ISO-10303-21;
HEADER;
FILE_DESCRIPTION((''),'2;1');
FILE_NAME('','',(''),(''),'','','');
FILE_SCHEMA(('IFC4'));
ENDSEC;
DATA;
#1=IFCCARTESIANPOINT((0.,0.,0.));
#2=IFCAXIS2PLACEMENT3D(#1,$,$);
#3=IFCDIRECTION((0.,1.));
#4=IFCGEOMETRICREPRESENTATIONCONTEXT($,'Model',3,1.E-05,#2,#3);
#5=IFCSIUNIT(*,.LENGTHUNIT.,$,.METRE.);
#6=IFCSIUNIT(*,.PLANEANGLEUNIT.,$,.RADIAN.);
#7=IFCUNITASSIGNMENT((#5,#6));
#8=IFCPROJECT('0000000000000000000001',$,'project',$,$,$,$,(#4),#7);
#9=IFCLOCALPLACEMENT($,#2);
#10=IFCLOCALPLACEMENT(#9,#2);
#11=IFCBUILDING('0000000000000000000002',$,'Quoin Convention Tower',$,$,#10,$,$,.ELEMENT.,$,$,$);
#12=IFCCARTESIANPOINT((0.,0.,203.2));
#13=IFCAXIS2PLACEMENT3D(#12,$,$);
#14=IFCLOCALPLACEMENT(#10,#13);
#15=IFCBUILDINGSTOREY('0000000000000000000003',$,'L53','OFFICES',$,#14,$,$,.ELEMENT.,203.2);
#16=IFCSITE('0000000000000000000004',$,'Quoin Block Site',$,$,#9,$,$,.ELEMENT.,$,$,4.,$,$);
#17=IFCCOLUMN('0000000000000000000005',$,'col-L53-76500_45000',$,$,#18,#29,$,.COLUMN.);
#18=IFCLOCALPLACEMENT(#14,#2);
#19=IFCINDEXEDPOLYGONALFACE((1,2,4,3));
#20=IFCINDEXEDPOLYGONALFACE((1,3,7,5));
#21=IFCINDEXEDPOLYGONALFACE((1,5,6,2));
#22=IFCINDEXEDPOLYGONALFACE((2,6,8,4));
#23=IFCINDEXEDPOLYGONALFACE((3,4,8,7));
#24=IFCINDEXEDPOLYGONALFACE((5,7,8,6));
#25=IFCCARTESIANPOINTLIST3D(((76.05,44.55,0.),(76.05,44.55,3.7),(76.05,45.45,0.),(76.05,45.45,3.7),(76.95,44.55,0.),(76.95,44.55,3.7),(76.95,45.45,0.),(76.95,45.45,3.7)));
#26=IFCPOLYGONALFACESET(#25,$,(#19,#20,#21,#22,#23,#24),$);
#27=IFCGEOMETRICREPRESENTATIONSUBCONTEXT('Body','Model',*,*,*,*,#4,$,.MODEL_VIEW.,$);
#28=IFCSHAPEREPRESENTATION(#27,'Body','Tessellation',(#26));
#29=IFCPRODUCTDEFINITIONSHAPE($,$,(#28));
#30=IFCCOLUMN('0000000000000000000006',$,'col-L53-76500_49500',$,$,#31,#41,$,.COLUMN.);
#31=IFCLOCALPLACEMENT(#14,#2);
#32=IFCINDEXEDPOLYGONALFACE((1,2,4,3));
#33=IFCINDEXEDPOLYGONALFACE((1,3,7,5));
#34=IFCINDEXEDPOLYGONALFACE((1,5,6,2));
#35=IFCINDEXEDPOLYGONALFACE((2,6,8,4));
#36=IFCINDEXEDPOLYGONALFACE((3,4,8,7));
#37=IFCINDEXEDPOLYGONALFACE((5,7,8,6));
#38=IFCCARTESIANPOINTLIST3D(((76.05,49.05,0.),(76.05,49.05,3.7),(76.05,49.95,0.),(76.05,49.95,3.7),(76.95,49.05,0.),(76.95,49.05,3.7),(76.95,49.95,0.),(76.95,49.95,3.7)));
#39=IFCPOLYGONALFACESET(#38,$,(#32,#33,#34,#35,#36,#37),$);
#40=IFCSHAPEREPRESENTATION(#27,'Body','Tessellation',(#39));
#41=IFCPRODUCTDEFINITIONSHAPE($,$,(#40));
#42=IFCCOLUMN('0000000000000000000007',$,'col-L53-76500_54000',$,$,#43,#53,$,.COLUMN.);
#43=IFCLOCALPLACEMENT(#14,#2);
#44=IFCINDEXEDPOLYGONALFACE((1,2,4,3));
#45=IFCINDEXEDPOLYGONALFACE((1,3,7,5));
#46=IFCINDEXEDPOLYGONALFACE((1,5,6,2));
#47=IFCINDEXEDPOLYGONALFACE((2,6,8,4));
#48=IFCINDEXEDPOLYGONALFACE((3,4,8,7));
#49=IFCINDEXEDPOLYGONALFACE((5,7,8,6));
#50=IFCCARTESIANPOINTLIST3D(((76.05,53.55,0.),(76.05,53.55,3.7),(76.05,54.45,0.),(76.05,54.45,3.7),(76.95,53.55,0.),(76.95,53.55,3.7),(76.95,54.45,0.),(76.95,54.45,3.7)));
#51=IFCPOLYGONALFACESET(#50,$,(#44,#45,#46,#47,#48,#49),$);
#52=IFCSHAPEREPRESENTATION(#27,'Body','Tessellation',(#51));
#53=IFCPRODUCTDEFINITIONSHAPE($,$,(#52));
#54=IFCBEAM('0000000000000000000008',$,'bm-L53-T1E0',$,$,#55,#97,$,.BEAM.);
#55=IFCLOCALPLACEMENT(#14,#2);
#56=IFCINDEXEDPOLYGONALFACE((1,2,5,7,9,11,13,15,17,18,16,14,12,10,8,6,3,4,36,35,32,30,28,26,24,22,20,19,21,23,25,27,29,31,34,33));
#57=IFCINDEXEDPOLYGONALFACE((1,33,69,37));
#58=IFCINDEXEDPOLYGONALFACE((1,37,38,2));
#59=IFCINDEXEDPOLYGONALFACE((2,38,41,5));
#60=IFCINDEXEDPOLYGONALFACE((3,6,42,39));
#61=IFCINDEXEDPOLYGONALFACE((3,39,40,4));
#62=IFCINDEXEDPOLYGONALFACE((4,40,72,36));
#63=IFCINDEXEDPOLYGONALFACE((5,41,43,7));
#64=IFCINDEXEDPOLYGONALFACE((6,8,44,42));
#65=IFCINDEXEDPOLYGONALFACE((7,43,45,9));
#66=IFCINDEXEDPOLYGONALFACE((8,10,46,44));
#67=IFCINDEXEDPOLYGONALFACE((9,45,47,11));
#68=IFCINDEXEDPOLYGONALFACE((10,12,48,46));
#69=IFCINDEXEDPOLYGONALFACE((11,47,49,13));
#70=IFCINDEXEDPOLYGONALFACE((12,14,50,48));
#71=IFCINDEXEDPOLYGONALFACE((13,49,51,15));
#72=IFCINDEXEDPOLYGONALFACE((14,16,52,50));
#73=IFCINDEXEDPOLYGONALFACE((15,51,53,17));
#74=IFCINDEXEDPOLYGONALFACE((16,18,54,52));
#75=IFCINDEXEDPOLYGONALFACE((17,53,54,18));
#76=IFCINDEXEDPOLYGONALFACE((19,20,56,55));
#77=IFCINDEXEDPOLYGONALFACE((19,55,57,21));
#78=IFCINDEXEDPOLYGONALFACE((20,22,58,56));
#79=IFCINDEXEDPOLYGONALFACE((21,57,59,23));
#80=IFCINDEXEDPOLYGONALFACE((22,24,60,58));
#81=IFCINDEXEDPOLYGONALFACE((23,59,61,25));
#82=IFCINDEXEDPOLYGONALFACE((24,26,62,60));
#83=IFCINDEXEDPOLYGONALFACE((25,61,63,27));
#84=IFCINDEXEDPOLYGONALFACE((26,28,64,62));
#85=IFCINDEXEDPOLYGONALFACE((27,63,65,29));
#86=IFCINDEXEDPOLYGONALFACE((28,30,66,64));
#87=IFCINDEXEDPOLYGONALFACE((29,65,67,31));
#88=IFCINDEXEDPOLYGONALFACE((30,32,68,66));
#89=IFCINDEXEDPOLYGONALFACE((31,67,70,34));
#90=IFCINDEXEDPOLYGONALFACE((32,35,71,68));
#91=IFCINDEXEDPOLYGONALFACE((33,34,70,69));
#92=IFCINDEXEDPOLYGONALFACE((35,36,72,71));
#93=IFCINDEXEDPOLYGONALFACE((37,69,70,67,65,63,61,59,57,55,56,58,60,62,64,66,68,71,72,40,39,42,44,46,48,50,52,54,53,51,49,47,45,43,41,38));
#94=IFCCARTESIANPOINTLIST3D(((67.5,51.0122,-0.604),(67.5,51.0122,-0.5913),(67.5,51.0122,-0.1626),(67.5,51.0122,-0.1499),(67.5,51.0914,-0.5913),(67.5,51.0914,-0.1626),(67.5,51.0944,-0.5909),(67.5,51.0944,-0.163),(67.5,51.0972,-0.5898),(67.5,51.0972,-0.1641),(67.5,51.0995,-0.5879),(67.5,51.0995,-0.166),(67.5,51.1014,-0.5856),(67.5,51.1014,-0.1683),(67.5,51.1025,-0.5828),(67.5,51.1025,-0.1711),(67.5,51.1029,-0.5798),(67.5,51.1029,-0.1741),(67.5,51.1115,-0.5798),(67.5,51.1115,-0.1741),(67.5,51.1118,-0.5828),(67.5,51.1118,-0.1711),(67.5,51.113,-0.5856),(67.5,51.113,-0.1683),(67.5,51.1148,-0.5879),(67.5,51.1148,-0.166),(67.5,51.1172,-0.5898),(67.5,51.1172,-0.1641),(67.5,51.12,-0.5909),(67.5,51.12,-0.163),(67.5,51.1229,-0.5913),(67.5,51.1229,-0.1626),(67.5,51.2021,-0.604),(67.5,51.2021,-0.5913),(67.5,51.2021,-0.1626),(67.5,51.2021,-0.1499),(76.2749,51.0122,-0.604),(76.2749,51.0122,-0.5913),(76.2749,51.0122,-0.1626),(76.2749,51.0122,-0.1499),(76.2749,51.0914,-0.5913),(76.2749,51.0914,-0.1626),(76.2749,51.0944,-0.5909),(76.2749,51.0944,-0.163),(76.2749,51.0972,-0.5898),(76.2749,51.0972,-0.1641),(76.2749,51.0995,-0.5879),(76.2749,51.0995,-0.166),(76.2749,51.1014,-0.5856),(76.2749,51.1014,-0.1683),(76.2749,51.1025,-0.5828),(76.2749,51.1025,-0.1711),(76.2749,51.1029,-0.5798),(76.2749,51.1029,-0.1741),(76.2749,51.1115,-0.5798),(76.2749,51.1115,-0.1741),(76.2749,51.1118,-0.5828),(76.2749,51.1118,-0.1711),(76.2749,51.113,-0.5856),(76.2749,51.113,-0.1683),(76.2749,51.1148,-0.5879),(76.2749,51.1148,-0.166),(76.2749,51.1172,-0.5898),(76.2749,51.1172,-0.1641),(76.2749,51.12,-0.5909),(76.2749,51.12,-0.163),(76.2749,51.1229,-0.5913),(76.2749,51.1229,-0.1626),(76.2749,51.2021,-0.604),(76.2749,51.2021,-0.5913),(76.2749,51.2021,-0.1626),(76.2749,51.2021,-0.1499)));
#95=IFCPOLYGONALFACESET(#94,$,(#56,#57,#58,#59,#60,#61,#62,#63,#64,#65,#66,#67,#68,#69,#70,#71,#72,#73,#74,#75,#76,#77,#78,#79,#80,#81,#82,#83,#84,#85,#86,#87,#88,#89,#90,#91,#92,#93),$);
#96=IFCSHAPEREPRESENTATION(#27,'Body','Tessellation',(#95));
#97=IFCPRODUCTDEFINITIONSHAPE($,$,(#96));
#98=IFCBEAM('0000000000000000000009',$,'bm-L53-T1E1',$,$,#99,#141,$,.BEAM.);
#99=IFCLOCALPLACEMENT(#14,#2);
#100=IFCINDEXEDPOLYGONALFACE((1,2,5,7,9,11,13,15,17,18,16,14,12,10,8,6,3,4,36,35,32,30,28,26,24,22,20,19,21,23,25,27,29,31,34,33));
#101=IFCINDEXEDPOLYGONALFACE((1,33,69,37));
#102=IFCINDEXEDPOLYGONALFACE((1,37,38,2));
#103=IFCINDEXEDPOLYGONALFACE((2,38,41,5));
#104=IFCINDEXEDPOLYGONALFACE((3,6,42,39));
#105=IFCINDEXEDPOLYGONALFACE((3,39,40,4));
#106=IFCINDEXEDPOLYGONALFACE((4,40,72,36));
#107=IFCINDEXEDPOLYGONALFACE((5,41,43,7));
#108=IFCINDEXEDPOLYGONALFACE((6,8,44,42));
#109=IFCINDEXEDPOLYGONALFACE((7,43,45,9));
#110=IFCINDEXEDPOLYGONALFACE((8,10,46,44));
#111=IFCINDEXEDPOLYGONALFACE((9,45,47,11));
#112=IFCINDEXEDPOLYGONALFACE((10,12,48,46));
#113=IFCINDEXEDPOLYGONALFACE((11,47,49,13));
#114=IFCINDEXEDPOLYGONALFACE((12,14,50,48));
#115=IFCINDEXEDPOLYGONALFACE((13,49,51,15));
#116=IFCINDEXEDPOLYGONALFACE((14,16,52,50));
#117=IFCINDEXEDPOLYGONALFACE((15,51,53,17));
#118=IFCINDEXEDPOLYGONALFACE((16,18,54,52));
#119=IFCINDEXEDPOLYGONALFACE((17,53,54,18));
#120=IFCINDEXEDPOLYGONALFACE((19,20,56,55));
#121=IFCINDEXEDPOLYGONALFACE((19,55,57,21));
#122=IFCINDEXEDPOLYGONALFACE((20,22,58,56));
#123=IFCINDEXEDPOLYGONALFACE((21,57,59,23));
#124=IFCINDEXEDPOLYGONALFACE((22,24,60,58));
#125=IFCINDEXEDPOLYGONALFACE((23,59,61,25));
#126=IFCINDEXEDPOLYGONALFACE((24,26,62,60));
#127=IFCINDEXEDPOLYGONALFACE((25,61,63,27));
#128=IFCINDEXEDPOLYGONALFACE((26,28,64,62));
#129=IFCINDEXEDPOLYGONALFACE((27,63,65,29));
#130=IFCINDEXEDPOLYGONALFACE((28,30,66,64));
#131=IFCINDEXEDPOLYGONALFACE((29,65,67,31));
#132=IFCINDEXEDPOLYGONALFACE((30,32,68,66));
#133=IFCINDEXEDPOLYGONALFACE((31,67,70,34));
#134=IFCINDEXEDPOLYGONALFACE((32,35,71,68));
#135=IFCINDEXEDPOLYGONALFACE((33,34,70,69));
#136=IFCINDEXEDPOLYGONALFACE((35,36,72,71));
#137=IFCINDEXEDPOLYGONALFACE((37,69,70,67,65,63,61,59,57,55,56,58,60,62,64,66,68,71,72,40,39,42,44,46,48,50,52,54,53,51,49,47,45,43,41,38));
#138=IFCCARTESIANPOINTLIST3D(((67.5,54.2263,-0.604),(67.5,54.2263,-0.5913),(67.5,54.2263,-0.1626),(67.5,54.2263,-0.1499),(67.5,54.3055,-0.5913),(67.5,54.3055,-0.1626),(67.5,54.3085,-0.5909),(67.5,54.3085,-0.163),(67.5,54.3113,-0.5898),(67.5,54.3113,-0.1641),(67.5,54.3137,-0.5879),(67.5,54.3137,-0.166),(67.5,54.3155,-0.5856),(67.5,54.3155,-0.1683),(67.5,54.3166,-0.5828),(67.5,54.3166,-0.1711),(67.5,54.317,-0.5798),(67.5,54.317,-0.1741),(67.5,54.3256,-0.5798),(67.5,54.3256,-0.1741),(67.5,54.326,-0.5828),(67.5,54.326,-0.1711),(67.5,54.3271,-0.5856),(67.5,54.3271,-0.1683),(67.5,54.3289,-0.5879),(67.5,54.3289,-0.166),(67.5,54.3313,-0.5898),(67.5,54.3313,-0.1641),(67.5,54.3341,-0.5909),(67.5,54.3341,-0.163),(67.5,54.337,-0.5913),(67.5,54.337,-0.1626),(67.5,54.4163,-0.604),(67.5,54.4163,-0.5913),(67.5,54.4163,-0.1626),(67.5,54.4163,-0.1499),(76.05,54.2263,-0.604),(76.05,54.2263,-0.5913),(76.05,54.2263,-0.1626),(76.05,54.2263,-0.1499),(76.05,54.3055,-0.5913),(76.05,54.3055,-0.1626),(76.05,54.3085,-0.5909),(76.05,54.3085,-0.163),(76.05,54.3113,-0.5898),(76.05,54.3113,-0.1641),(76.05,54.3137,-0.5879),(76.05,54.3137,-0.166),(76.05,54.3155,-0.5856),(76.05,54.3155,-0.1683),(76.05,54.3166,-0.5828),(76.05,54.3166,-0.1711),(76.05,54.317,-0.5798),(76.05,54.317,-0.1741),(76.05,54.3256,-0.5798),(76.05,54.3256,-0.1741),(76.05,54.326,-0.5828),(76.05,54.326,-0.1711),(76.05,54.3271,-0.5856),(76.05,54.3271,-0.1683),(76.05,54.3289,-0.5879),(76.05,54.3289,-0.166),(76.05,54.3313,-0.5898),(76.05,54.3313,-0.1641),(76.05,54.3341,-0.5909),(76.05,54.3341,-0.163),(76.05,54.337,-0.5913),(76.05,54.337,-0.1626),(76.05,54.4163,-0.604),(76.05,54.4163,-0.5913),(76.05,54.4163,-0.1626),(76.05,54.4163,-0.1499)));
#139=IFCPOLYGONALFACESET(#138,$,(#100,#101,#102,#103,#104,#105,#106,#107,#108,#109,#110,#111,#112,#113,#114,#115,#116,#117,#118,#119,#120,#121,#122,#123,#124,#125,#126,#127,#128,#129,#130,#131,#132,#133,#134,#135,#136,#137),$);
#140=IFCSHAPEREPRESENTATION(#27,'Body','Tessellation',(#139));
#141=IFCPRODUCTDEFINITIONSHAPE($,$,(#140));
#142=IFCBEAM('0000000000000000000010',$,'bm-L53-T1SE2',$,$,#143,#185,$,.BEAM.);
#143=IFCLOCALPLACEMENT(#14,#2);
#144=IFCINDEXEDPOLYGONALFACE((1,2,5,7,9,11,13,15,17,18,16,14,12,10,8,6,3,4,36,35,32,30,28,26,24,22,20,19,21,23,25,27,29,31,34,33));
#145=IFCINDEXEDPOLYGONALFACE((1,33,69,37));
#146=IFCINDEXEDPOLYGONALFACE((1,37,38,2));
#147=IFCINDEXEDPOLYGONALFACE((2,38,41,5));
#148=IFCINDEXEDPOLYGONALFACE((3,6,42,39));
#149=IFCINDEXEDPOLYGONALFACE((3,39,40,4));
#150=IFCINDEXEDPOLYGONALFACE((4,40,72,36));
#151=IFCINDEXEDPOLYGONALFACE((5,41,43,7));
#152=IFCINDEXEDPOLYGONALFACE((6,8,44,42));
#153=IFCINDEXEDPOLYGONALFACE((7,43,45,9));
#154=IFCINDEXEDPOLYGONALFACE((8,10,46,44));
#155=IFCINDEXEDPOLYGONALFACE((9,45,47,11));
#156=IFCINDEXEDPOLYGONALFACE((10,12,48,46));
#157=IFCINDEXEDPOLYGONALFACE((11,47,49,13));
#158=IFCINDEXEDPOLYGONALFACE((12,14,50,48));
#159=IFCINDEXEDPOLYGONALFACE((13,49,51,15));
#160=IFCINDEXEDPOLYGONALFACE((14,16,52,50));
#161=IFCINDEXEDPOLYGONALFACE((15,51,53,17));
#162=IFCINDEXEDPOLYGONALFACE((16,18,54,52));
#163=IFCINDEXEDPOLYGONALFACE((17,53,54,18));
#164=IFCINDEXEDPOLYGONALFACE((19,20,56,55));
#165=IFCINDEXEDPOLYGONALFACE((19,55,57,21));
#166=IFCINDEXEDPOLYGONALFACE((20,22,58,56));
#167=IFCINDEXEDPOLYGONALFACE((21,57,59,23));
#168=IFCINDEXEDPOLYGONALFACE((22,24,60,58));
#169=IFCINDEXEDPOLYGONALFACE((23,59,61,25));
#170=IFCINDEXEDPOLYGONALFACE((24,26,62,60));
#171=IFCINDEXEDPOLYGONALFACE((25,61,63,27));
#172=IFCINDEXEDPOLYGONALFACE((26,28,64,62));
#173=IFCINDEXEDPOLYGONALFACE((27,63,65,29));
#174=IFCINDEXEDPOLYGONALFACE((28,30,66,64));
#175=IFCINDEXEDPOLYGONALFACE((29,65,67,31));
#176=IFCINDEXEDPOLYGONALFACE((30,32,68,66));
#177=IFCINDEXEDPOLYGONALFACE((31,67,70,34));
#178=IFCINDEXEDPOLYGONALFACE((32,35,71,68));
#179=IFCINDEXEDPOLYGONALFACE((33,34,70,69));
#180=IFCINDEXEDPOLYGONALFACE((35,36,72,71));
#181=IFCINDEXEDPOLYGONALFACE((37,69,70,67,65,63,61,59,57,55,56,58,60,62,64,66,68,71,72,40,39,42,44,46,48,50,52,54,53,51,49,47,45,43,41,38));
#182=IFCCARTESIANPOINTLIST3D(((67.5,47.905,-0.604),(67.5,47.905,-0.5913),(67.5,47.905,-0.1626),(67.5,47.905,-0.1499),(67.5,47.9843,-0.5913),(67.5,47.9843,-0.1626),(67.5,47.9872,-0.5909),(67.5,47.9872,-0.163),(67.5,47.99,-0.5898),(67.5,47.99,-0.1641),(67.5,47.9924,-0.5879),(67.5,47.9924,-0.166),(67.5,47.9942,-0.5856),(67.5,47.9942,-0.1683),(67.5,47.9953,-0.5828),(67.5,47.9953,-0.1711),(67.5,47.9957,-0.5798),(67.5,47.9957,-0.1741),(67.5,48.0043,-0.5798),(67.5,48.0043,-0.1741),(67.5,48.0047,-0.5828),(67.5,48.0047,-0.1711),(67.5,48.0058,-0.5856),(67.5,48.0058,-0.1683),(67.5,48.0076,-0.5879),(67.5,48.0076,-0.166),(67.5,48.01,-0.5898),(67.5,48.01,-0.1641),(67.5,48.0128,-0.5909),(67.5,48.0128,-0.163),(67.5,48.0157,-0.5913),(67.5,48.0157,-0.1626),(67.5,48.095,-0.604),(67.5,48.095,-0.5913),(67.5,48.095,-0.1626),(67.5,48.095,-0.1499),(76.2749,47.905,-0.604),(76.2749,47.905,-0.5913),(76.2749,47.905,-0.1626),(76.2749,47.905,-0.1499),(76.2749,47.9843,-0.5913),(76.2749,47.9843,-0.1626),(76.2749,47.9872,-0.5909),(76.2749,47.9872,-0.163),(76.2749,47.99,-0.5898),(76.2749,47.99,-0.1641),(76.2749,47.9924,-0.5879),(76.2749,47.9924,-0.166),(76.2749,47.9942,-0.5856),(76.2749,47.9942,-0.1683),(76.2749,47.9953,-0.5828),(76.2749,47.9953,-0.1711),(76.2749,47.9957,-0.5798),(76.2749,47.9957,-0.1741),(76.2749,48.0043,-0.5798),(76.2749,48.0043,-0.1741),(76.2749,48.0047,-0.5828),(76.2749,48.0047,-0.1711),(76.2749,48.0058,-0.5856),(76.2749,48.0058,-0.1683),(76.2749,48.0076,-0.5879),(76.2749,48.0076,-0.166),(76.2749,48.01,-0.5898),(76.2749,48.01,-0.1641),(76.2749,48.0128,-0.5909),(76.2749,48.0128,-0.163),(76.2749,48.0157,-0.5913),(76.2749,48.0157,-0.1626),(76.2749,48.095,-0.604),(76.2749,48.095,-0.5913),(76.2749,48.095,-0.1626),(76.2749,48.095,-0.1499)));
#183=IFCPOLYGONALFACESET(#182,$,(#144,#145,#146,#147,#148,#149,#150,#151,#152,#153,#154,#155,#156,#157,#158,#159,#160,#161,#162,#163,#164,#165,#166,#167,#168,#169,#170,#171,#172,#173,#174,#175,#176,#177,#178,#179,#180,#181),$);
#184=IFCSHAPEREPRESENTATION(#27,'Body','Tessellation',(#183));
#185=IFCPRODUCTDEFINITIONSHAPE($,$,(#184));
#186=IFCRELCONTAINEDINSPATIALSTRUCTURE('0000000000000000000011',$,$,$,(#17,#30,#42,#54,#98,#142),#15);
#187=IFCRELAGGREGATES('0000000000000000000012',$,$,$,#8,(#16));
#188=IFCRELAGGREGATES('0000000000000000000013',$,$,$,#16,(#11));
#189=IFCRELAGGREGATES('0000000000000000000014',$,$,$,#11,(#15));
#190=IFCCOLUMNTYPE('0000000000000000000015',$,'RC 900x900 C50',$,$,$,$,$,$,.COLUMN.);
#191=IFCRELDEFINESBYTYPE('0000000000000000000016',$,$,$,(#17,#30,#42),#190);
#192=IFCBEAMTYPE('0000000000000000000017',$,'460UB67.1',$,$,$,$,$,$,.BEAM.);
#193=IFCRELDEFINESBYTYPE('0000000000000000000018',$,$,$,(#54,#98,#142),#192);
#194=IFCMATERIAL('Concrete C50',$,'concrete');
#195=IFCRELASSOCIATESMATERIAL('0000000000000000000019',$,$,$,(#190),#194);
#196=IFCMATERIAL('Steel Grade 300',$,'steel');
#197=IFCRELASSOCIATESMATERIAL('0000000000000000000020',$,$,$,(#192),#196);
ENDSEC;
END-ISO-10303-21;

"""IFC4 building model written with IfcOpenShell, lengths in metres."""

from ifc_helpers import new_model, si_unit, direction, frame, origin, origin_2d, place, context, subcontext, project, spatial, rectangle, i_section, extrude, material, material_profile, profile_set, type_object, element, save


model = new_model("IFC4")

# Units and contexts
model_context = context("Model", 3, precision=1e-05, world=origin(), true_north=direction((0.0, 1.0)))
body_context = subcontext(model_context, "Body", "Model", "MODEL_VIEW")
ifc_project = project(units=[si_unit("LENGTHUNIT", "METRE"), si_unit("PLANEANGLEUNIT", "RADIAN")], contexts=[model_context])

# Site, building, storey
site_placement = place(None, origin())
site = spatial("IfcSite", under=ifc_project, at=site_placement, Name="Quoin Block Site", CompositionType="ELEMENT", RefElevation=4.0)
building_placement = place(site_placement, origin())
building = spatial("IfcBuilding", under=site, at=building_placement, Name="Quoin Convention Tower", CompositionType="ELEMENT")
storey_placement = place(building_placement, frame((0.0, 0.0, 203.2)))
storey = spatial("IfcBuildingStorey", under=building, at=storey_placement, Name="L53", Description="OFFICES", CompositionType="ELEMENT", Elevation=203.2)

# Columns
ifc_material_1 = material(Name="Concrete C50", Category="concrete")
ifc_material_profile_1 = material_profile(ifc_material_1, rectangle(XDim=0.8999, YDim=0.8999, at=origin_2d()), Name="RC 900x900")
ifc_profile_set_1 = profile_set([ifc_material_profile_1], Name="Concrete C50")
column_type = type_object("IfcColumnType", Name="RC 900x900 C50", PredefinedType="COLUMN", material=ifc_profile_set_1)
for number, where, z_axis, x_axis, name in (
    (1, (76.5, 45.0, 0.0), (0.0, 0.0, 1.0), (1.0, 0.0, 0.0), "col-L53-76500_45000"),
    (2, (76.5, 49.5, 0.0), (0.0, 0.0, 1.0), (1.0, 0.0, 0.0), "col-L53-76500_49500"),
    (3, (76.5, 54.0, 0.0), (0.0, 0.0, 1.0), (1.0, 0.0, 0.0), "col-L53-76500_54000"),
):
    element("IfcColumn", number, at=place(storey_placement, frame(where, z_axis=z_axis, x_axis=x_axis)), inside=storey, type_object=column_type, Name=name, PredefinedType="COLUMN", context=body_context, shape_type="SweptSolid", body=[
        extrude(rectangle(XDim=0.8999, YDim=0.8999, at=origin_2d()), origin(), (0.0, 0.0, 1.0), 3.7),
    ])

# Beams
ifc_material_2 = material(Name="Steel Grade 300", Category="steel")
ifc_material_profile_2 = material_profile(ifc_material_2, i_section(OverallWidth=0.1899, OverallDepth=0.4541, WebThickness=0.0085, FlangeThickness=0.0127, FilletRadius=0.0115, at=origin_2d()), Name="460UB67.1")
ifc_profile_set_2 = profile_set([ifc_material_profile_2], Name="Steel Grade 300")
beam_type_1 = type_object("IfcBeamType", Name="460UB67.1", PredefinedType="BEAM", material=ifc_profile_set_2)
beam_1_placement = place(storey_placement, frame((67.5, 51.1072, -0.377), z_axis=(1.0, 0.0, 0.0), x_axis=(0.0, 1.0, 0.0)))
element("IfcBeam", 4, at=beam_1_placement, inside=storey, type_object=beam_type_1, Name="bm-L53-T1E0", PredefinedType="BEAM", context=body_context, shape_type="SweptSolid", body=[
    extrude(i_section(OverallWidth=0.1899, OverallDepth=0.4541, WebThickness=0.0085, FlangeThickness=0.0127, FilletRadius=0.0115, at=origin_2d()), origin(), (0.0, 0.0, 1.0), 8.7749),
])
beam_2_placement = place(storey_placement, frame((67.5, 54.3213, -0.377), z_axis=(1.0, 0.0, 0.0), x_axis=(0.0, 1.0, 0.0)))
element("IfcBeam", 5, at=beam_2_placement, inside=storey, type_object=beam_type_1, Name="bm-L53-T1E1", PredefinedType="BEAM", context=body_context, shape_type="SweptSolid", body=[
    extrude(i_section(OverallWidth=0.1899, OverallDepth=0.4541, WebThickness=0.0085, FlangeThickness=0.0127, FilletRadius=0.0115, at=origin_2d()), origin(), (0.0, 0.0, 1.0), 8.55),
])
beam_3_placement = place(storey_placement, frame((67.5, 48.0, -0.377), z_axis=(1.0, 0.0, 0.0), x_axis=(0.0, 1.0, 0.0)))
element("IfcBeam", 6, at=beam_3_placement, inside=storey, type_object=beam_type_1, Name="bm-L53-T1SE2", PredefinedType="BEAM", context=body_context, shape_type="SweptSolid", body=[
    extrude(i_section(OverallWidth=0.1899, OverallDepth=0.4541, WebThickness=0.0085, FlangeThickness=0.0127, FilletRadius=0.0115, at=origin_2d()), origin(), (0.0, 0.0, 1.0), 8.7749),
])

save(model, "model.ifc")
